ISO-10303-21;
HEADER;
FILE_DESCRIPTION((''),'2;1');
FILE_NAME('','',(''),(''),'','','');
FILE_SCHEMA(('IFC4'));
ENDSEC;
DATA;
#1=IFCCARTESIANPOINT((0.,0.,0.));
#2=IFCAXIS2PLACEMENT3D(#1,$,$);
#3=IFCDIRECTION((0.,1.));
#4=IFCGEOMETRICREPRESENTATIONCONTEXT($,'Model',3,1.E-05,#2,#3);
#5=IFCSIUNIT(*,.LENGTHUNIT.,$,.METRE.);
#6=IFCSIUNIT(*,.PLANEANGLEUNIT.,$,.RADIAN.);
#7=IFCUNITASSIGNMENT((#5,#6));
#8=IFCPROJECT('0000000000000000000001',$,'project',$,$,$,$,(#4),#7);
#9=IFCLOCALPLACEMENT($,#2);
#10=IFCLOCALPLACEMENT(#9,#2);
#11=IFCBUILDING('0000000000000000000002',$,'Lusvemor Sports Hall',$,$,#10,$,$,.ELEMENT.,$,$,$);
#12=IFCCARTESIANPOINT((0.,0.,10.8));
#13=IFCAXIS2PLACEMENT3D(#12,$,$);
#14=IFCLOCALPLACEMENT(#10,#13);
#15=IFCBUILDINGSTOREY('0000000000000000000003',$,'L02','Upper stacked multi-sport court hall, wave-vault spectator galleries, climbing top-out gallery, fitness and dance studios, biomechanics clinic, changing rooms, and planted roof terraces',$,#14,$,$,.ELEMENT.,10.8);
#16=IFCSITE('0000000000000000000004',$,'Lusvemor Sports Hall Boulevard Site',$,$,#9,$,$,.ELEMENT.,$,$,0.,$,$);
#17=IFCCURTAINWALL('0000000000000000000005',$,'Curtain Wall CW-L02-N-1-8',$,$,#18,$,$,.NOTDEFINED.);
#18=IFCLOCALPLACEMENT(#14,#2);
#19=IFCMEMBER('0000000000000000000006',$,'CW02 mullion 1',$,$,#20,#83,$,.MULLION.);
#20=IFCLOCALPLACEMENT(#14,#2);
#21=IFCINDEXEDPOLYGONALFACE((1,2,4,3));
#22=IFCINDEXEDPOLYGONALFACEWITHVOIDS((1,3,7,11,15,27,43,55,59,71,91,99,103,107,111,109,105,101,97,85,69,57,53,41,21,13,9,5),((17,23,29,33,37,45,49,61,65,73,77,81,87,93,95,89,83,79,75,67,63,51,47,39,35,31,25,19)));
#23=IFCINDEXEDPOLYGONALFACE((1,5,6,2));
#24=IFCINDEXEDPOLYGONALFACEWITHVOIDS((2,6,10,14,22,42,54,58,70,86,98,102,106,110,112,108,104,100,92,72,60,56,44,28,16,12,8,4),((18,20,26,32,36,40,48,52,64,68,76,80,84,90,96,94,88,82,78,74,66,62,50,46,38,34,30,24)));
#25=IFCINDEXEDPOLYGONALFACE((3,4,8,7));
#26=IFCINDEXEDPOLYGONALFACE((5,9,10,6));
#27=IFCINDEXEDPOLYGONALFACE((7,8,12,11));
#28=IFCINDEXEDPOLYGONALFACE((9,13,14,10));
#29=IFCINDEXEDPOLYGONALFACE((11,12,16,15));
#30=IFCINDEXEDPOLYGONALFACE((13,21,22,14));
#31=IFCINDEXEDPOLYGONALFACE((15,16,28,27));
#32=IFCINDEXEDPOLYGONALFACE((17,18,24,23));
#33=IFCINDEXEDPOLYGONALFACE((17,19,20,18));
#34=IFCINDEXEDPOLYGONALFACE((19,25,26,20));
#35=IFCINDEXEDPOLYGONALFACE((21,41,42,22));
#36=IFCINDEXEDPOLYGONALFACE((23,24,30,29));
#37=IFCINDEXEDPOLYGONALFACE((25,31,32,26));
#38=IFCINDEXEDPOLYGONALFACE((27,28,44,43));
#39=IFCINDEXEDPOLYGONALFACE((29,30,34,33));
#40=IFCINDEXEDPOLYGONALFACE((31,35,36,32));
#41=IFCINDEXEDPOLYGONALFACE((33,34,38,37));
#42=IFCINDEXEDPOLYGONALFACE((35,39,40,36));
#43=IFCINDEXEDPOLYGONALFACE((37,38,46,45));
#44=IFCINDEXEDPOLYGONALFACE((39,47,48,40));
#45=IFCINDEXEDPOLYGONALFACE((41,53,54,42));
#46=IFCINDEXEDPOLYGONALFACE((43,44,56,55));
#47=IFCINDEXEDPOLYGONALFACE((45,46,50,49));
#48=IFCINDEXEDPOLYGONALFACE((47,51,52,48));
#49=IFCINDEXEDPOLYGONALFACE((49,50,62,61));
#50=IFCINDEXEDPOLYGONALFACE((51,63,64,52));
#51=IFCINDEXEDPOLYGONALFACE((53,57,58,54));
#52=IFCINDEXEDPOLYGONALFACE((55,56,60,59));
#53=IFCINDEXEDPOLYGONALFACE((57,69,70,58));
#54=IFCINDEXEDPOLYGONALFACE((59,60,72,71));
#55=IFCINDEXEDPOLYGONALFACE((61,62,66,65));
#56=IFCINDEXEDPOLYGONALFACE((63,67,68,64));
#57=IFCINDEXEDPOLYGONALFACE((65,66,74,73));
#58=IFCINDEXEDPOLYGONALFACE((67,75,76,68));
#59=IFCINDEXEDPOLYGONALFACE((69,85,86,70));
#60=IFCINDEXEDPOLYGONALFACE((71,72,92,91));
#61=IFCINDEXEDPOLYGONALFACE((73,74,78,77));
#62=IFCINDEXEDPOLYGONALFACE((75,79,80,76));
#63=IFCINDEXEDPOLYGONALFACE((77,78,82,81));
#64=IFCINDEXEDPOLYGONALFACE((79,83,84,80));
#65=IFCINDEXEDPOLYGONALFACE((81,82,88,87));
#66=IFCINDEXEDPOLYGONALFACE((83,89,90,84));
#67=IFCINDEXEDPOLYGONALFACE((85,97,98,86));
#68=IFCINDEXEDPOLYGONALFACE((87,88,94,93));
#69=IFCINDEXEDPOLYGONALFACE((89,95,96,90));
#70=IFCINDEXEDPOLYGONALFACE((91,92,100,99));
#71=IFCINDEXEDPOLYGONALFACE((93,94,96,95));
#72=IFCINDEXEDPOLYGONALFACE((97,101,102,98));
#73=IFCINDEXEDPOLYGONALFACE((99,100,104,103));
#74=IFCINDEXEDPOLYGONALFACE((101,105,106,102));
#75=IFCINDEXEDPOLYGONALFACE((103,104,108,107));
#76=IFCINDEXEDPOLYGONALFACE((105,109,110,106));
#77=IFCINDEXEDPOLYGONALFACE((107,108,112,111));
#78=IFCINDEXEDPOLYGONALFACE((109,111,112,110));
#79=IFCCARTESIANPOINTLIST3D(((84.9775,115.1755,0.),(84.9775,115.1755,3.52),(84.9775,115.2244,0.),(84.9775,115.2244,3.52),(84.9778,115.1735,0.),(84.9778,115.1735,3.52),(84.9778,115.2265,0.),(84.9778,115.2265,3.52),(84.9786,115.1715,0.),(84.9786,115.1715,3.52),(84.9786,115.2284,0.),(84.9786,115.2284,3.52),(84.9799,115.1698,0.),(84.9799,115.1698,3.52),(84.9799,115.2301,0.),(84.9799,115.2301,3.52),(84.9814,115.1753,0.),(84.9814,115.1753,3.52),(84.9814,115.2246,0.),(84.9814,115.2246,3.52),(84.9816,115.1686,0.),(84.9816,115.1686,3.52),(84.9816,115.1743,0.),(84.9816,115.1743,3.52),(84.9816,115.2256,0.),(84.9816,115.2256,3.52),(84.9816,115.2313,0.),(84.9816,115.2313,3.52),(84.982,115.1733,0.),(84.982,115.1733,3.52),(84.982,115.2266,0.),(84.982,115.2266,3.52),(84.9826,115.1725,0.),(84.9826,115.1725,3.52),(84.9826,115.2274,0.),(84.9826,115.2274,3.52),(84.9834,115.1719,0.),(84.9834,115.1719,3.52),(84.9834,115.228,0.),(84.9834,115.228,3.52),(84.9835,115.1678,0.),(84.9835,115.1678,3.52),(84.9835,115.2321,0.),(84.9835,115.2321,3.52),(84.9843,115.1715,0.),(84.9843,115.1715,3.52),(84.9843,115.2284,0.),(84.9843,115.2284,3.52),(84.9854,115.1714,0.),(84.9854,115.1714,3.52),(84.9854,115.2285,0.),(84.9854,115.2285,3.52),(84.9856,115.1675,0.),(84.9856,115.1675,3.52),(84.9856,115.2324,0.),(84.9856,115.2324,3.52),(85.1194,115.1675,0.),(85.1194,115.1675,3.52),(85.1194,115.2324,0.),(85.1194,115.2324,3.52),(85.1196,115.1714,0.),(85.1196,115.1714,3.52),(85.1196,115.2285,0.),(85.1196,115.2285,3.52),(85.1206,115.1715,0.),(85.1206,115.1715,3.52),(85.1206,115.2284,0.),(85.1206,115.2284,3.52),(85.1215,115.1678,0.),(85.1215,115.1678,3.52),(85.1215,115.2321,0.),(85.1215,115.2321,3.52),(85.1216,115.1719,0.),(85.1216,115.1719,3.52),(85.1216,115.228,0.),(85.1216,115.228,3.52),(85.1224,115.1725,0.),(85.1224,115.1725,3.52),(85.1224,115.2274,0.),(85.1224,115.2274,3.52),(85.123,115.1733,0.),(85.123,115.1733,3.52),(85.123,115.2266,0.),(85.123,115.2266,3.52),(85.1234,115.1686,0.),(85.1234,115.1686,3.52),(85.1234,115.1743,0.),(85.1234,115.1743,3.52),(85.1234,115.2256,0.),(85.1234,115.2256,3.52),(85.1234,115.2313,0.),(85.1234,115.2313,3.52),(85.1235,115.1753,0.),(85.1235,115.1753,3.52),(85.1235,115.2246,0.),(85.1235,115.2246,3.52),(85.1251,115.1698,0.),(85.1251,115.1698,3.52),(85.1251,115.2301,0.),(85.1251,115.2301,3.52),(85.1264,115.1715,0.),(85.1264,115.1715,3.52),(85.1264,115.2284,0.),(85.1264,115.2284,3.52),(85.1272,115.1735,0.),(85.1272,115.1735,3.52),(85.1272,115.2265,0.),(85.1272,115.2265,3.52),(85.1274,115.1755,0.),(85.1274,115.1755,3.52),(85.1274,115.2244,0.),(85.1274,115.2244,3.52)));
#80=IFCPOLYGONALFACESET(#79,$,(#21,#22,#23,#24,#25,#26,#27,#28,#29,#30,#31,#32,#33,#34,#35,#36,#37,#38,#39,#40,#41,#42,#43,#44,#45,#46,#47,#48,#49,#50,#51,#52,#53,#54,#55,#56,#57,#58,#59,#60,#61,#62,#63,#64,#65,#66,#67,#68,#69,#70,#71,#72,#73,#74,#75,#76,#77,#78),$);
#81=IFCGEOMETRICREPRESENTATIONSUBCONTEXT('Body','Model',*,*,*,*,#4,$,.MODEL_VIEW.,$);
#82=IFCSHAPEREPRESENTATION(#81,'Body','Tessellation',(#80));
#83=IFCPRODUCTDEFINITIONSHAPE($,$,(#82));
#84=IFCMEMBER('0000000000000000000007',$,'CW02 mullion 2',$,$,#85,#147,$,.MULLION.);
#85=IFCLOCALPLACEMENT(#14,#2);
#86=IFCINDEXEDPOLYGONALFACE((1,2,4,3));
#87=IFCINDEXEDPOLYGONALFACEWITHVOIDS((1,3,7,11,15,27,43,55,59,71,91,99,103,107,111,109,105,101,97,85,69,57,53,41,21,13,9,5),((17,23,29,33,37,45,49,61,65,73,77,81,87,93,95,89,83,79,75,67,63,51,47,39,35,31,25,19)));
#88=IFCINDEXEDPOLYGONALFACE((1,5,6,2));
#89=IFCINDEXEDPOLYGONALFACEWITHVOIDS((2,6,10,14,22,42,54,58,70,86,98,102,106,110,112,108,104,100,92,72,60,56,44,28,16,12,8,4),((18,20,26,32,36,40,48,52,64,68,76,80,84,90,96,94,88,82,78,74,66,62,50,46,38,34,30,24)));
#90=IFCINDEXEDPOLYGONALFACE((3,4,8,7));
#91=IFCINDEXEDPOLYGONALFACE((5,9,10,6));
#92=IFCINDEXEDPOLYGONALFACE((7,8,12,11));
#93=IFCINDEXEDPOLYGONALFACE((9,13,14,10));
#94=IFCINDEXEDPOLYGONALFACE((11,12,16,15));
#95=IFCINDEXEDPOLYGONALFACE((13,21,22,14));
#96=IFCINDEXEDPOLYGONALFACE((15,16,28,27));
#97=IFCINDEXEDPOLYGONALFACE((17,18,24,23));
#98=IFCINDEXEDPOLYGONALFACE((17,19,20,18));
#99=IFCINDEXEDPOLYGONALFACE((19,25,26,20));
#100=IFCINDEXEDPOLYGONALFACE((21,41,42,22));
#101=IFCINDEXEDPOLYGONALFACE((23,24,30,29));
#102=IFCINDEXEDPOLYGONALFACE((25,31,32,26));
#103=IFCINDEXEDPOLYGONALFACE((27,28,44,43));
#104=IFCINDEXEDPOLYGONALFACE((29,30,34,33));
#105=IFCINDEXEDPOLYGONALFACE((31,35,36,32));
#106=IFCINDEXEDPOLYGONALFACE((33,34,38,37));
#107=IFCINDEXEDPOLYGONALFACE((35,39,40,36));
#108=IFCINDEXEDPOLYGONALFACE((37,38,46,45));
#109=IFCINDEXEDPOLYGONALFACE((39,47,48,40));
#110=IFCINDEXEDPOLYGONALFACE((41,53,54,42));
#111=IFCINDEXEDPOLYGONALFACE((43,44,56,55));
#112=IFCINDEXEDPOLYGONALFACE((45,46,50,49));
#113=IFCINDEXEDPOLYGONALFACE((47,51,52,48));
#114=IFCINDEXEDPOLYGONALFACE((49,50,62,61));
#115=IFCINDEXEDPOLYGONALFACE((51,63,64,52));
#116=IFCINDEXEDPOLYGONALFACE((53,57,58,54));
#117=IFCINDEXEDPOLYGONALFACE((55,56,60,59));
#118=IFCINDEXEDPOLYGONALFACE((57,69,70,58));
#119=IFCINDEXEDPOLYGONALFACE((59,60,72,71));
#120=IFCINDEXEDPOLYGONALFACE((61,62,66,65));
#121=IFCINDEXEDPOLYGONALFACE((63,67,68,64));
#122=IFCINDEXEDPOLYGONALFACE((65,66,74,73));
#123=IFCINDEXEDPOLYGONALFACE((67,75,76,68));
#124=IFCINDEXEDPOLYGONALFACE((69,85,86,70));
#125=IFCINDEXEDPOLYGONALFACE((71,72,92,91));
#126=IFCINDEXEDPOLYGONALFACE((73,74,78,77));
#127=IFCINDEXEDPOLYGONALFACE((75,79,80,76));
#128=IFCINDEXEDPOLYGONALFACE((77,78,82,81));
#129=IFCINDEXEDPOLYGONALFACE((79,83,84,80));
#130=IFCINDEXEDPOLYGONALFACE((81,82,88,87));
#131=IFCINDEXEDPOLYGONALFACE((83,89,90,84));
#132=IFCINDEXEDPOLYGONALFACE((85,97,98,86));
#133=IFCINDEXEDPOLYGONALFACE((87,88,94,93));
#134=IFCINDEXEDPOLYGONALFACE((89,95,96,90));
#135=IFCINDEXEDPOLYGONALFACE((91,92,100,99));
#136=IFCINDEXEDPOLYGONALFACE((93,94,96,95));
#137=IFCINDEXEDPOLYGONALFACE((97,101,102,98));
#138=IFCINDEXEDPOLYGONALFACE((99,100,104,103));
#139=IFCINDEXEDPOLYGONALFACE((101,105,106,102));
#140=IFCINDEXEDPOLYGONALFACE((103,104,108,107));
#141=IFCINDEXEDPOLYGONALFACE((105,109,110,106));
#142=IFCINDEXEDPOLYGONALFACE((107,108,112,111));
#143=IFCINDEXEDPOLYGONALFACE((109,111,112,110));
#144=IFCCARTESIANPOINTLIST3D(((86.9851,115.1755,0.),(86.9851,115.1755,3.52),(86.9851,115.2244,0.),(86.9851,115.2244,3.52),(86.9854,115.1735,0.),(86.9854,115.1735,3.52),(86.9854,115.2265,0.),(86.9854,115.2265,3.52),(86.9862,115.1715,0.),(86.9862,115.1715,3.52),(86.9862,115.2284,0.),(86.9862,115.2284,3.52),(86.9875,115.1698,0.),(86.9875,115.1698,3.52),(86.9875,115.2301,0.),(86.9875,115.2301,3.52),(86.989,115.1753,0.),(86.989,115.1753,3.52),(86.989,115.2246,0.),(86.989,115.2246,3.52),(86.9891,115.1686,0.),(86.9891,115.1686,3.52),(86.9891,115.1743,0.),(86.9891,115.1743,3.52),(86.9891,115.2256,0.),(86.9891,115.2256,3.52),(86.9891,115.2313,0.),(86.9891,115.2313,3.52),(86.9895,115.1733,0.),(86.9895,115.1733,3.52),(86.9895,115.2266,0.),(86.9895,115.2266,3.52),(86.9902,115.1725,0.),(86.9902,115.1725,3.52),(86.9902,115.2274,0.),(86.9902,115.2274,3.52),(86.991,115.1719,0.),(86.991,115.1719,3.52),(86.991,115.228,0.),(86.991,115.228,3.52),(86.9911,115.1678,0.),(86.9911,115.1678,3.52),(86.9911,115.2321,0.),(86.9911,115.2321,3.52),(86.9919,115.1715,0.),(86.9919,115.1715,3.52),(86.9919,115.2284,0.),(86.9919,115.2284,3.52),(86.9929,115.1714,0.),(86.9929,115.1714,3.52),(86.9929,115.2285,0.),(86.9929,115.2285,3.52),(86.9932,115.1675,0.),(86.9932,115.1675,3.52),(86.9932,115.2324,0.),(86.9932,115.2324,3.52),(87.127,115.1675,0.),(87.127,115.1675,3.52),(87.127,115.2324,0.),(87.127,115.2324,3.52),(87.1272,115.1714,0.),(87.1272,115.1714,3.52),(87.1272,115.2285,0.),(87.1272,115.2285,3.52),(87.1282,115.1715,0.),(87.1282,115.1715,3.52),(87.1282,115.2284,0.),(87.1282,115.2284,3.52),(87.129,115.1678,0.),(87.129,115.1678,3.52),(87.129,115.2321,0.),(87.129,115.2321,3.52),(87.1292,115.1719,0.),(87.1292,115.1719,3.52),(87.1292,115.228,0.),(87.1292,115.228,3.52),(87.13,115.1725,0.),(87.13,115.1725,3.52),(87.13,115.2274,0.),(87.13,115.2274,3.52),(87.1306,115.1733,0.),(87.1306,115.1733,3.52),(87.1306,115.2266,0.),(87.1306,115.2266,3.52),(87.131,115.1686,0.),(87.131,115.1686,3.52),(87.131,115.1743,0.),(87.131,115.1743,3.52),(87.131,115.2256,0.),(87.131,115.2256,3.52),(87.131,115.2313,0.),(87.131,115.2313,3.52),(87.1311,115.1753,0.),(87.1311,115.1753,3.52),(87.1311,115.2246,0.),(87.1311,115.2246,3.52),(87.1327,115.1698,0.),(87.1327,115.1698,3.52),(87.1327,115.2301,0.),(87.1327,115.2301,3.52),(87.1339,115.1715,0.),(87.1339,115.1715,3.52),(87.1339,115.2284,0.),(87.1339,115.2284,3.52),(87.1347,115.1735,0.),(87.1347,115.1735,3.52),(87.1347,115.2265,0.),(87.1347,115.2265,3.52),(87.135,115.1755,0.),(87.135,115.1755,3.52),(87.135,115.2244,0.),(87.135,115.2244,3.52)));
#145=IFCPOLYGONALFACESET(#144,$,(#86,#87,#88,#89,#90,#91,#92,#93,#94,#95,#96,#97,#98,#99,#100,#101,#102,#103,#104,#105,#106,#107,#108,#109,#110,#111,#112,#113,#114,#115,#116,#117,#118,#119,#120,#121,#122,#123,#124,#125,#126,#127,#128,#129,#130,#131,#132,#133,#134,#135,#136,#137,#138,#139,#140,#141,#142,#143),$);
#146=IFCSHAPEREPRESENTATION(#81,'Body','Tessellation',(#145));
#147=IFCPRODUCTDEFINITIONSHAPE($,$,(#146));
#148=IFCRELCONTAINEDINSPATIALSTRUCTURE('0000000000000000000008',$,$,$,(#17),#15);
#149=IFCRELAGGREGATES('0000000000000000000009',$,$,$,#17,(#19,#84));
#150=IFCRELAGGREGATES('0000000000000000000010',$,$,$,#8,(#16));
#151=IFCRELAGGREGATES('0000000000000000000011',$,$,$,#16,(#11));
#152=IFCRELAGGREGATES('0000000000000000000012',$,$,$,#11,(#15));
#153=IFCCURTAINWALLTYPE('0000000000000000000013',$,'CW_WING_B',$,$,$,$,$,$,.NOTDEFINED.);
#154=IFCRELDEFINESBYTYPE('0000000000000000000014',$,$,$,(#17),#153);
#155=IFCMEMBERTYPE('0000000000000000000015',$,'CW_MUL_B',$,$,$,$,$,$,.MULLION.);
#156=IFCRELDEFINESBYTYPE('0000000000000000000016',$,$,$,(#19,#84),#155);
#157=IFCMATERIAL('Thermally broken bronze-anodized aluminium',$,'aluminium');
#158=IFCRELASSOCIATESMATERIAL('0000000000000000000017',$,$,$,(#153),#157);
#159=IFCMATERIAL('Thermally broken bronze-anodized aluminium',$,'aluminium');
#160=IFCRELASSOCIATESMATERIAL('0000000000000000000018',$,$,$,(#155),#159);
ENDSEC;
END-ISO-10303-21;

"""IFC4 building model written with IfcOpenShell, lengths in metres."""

from ifc_helpers import new_model, si_unit, direction, frame, origin, origin_2d, place, context, subcontext, project, spatial, hollow_rectangle, extrude, material, material_profile, profile_set, type_object, element, aggregate, save


model = new_model("IFC4")

# Units and contexts
model_context = context("Model", 3, precision=1e-05, world=origin(), true_north=direction((0.0, 1.0)))
body_context = subcontext(model_context, "Body", "Model", "MODEL_VIEW")
ifc_project = project(units=[si_unit("LENGTHUNIT", "METRE"), si_unit("PLANEANGLEUNIT", "RADIAN")], contexts=[model_context])

# Site, building, storey
site_placement = place(None, origin())
site = spatial("IfcSite", under=ifc_project, at=site_placement, Name="Lusvemor Sports Hall Boulevard Site", CompositionType="ELEMENT", RefElevation=0.0)
building_placement = place(site_placement, origin())
building = spatial("IfcBuilding", under=site, at=building_placement, Name="Lusvemor Sports Hall", CompositionType="ELEMENT")
storey_placement = place(building_placement, frame((0.0, 0.0, 10.8)))
storey = spatial("IfcBuildingStorey", under=building, at=storey_placement, Name="L02", Description="Upper stacked multi-sport court hall, wave-vault spectator galleries, climbing top-out gallery, fitness and dance studios, biomechanics clinic, changing rooms, and planted roof terraces", CompositionType="ELEMENT", Elevation=10.8)

# Curtain wall, members
ifc_material_1 = material(Name="Thermally broken bronze-anodized aluminium", Category="aluminium")
curtain_wall_type = type_object("IfcCurtainWallType", Name="CW_WING_B", PredefinedType="NOTDEFINED", material=ifc_material_1)
ifc_material_2 = material(Name="Thermally broken bronze-anodized aluminium", Category="aluminium")
ifc_material_profile_1 = material_profile(ifc_material_2, hollow_rectangle(XDim=0.0649, YDim=0.1499, WallThickness=0.0039, InnerFilletRadius=0.0039, OuterFilletRadius=0.0081, at=origin_2d()), Name="CWMUL150x65x4")
ifc_profile_set_1 = profile_set([ifc_material_profile_1], Name="Thermally broken bronze-anodized aluminium")
member_type_1 = type_object("IfcMemberType", Name="CW_MUL_B", PredefinedType="MULLION", material=ifc_profile_set_1)
curtain_wall_1_placement = place(storey_placement, origin())
curtain_wall_1 = element("IfcCurtainWall", 1, at=curtain_wall_1_placement, inside=storey, type_object=curtain_wall_type, Name="Curtain Wall CW-L02-N-1-8", PredefinedType="NOTDEFINED")
member_1_placement = place(storey_placement, frame((85.0525, 115.2, 0.0), z_axis=(0.0, 0.0, 1.0), x_axis=(0.0, 1.0, 0.0)))
member_1 = element("IfcMember", 2, at=member_1_placement, type_object=member_type_1, Name="CW02 mullion 1", PredefinedType="MULLION", context=body_context, shape_type="SweptSolid", body=[
    extrude(hollow_rectangle(XDim=0.0649, YDim=0.1499, WallThickness=0.0039, InnerFilletRadius=0.0039, OuterFilletRadius=0.0081, at=origin_2d()), origin(), (0.0, 0.0, 1.0), 3.52),
])
member_2_placement = place(storey_placement, frame((87.0601, 115.2, 0.0), z_axis=(0.0, 0.0, 1.0), x_axis=(0.0, 1.0, 0.0)))
member_2 = element("IfcMember", 3, at=member_2_placement, type_object=member_type_1, Name="CW02 mullion 2", PredefinedType="MULLION", context=body_context, shape_type="SweptSolid", body=[
    extrude(hollow_rectangle(XDim=0.0649, YDim=0.1499, WallThickness=0.0039, InnerFilletRadius=0.0039, OuterFilletRadius=0.0081, at=origin_2d()), origin(), (0.0, 0.0, 1.0), 3.52),
])

aggregate(curtain_wall_1, [member_1, member_2])

save(model, "model.ifc")
